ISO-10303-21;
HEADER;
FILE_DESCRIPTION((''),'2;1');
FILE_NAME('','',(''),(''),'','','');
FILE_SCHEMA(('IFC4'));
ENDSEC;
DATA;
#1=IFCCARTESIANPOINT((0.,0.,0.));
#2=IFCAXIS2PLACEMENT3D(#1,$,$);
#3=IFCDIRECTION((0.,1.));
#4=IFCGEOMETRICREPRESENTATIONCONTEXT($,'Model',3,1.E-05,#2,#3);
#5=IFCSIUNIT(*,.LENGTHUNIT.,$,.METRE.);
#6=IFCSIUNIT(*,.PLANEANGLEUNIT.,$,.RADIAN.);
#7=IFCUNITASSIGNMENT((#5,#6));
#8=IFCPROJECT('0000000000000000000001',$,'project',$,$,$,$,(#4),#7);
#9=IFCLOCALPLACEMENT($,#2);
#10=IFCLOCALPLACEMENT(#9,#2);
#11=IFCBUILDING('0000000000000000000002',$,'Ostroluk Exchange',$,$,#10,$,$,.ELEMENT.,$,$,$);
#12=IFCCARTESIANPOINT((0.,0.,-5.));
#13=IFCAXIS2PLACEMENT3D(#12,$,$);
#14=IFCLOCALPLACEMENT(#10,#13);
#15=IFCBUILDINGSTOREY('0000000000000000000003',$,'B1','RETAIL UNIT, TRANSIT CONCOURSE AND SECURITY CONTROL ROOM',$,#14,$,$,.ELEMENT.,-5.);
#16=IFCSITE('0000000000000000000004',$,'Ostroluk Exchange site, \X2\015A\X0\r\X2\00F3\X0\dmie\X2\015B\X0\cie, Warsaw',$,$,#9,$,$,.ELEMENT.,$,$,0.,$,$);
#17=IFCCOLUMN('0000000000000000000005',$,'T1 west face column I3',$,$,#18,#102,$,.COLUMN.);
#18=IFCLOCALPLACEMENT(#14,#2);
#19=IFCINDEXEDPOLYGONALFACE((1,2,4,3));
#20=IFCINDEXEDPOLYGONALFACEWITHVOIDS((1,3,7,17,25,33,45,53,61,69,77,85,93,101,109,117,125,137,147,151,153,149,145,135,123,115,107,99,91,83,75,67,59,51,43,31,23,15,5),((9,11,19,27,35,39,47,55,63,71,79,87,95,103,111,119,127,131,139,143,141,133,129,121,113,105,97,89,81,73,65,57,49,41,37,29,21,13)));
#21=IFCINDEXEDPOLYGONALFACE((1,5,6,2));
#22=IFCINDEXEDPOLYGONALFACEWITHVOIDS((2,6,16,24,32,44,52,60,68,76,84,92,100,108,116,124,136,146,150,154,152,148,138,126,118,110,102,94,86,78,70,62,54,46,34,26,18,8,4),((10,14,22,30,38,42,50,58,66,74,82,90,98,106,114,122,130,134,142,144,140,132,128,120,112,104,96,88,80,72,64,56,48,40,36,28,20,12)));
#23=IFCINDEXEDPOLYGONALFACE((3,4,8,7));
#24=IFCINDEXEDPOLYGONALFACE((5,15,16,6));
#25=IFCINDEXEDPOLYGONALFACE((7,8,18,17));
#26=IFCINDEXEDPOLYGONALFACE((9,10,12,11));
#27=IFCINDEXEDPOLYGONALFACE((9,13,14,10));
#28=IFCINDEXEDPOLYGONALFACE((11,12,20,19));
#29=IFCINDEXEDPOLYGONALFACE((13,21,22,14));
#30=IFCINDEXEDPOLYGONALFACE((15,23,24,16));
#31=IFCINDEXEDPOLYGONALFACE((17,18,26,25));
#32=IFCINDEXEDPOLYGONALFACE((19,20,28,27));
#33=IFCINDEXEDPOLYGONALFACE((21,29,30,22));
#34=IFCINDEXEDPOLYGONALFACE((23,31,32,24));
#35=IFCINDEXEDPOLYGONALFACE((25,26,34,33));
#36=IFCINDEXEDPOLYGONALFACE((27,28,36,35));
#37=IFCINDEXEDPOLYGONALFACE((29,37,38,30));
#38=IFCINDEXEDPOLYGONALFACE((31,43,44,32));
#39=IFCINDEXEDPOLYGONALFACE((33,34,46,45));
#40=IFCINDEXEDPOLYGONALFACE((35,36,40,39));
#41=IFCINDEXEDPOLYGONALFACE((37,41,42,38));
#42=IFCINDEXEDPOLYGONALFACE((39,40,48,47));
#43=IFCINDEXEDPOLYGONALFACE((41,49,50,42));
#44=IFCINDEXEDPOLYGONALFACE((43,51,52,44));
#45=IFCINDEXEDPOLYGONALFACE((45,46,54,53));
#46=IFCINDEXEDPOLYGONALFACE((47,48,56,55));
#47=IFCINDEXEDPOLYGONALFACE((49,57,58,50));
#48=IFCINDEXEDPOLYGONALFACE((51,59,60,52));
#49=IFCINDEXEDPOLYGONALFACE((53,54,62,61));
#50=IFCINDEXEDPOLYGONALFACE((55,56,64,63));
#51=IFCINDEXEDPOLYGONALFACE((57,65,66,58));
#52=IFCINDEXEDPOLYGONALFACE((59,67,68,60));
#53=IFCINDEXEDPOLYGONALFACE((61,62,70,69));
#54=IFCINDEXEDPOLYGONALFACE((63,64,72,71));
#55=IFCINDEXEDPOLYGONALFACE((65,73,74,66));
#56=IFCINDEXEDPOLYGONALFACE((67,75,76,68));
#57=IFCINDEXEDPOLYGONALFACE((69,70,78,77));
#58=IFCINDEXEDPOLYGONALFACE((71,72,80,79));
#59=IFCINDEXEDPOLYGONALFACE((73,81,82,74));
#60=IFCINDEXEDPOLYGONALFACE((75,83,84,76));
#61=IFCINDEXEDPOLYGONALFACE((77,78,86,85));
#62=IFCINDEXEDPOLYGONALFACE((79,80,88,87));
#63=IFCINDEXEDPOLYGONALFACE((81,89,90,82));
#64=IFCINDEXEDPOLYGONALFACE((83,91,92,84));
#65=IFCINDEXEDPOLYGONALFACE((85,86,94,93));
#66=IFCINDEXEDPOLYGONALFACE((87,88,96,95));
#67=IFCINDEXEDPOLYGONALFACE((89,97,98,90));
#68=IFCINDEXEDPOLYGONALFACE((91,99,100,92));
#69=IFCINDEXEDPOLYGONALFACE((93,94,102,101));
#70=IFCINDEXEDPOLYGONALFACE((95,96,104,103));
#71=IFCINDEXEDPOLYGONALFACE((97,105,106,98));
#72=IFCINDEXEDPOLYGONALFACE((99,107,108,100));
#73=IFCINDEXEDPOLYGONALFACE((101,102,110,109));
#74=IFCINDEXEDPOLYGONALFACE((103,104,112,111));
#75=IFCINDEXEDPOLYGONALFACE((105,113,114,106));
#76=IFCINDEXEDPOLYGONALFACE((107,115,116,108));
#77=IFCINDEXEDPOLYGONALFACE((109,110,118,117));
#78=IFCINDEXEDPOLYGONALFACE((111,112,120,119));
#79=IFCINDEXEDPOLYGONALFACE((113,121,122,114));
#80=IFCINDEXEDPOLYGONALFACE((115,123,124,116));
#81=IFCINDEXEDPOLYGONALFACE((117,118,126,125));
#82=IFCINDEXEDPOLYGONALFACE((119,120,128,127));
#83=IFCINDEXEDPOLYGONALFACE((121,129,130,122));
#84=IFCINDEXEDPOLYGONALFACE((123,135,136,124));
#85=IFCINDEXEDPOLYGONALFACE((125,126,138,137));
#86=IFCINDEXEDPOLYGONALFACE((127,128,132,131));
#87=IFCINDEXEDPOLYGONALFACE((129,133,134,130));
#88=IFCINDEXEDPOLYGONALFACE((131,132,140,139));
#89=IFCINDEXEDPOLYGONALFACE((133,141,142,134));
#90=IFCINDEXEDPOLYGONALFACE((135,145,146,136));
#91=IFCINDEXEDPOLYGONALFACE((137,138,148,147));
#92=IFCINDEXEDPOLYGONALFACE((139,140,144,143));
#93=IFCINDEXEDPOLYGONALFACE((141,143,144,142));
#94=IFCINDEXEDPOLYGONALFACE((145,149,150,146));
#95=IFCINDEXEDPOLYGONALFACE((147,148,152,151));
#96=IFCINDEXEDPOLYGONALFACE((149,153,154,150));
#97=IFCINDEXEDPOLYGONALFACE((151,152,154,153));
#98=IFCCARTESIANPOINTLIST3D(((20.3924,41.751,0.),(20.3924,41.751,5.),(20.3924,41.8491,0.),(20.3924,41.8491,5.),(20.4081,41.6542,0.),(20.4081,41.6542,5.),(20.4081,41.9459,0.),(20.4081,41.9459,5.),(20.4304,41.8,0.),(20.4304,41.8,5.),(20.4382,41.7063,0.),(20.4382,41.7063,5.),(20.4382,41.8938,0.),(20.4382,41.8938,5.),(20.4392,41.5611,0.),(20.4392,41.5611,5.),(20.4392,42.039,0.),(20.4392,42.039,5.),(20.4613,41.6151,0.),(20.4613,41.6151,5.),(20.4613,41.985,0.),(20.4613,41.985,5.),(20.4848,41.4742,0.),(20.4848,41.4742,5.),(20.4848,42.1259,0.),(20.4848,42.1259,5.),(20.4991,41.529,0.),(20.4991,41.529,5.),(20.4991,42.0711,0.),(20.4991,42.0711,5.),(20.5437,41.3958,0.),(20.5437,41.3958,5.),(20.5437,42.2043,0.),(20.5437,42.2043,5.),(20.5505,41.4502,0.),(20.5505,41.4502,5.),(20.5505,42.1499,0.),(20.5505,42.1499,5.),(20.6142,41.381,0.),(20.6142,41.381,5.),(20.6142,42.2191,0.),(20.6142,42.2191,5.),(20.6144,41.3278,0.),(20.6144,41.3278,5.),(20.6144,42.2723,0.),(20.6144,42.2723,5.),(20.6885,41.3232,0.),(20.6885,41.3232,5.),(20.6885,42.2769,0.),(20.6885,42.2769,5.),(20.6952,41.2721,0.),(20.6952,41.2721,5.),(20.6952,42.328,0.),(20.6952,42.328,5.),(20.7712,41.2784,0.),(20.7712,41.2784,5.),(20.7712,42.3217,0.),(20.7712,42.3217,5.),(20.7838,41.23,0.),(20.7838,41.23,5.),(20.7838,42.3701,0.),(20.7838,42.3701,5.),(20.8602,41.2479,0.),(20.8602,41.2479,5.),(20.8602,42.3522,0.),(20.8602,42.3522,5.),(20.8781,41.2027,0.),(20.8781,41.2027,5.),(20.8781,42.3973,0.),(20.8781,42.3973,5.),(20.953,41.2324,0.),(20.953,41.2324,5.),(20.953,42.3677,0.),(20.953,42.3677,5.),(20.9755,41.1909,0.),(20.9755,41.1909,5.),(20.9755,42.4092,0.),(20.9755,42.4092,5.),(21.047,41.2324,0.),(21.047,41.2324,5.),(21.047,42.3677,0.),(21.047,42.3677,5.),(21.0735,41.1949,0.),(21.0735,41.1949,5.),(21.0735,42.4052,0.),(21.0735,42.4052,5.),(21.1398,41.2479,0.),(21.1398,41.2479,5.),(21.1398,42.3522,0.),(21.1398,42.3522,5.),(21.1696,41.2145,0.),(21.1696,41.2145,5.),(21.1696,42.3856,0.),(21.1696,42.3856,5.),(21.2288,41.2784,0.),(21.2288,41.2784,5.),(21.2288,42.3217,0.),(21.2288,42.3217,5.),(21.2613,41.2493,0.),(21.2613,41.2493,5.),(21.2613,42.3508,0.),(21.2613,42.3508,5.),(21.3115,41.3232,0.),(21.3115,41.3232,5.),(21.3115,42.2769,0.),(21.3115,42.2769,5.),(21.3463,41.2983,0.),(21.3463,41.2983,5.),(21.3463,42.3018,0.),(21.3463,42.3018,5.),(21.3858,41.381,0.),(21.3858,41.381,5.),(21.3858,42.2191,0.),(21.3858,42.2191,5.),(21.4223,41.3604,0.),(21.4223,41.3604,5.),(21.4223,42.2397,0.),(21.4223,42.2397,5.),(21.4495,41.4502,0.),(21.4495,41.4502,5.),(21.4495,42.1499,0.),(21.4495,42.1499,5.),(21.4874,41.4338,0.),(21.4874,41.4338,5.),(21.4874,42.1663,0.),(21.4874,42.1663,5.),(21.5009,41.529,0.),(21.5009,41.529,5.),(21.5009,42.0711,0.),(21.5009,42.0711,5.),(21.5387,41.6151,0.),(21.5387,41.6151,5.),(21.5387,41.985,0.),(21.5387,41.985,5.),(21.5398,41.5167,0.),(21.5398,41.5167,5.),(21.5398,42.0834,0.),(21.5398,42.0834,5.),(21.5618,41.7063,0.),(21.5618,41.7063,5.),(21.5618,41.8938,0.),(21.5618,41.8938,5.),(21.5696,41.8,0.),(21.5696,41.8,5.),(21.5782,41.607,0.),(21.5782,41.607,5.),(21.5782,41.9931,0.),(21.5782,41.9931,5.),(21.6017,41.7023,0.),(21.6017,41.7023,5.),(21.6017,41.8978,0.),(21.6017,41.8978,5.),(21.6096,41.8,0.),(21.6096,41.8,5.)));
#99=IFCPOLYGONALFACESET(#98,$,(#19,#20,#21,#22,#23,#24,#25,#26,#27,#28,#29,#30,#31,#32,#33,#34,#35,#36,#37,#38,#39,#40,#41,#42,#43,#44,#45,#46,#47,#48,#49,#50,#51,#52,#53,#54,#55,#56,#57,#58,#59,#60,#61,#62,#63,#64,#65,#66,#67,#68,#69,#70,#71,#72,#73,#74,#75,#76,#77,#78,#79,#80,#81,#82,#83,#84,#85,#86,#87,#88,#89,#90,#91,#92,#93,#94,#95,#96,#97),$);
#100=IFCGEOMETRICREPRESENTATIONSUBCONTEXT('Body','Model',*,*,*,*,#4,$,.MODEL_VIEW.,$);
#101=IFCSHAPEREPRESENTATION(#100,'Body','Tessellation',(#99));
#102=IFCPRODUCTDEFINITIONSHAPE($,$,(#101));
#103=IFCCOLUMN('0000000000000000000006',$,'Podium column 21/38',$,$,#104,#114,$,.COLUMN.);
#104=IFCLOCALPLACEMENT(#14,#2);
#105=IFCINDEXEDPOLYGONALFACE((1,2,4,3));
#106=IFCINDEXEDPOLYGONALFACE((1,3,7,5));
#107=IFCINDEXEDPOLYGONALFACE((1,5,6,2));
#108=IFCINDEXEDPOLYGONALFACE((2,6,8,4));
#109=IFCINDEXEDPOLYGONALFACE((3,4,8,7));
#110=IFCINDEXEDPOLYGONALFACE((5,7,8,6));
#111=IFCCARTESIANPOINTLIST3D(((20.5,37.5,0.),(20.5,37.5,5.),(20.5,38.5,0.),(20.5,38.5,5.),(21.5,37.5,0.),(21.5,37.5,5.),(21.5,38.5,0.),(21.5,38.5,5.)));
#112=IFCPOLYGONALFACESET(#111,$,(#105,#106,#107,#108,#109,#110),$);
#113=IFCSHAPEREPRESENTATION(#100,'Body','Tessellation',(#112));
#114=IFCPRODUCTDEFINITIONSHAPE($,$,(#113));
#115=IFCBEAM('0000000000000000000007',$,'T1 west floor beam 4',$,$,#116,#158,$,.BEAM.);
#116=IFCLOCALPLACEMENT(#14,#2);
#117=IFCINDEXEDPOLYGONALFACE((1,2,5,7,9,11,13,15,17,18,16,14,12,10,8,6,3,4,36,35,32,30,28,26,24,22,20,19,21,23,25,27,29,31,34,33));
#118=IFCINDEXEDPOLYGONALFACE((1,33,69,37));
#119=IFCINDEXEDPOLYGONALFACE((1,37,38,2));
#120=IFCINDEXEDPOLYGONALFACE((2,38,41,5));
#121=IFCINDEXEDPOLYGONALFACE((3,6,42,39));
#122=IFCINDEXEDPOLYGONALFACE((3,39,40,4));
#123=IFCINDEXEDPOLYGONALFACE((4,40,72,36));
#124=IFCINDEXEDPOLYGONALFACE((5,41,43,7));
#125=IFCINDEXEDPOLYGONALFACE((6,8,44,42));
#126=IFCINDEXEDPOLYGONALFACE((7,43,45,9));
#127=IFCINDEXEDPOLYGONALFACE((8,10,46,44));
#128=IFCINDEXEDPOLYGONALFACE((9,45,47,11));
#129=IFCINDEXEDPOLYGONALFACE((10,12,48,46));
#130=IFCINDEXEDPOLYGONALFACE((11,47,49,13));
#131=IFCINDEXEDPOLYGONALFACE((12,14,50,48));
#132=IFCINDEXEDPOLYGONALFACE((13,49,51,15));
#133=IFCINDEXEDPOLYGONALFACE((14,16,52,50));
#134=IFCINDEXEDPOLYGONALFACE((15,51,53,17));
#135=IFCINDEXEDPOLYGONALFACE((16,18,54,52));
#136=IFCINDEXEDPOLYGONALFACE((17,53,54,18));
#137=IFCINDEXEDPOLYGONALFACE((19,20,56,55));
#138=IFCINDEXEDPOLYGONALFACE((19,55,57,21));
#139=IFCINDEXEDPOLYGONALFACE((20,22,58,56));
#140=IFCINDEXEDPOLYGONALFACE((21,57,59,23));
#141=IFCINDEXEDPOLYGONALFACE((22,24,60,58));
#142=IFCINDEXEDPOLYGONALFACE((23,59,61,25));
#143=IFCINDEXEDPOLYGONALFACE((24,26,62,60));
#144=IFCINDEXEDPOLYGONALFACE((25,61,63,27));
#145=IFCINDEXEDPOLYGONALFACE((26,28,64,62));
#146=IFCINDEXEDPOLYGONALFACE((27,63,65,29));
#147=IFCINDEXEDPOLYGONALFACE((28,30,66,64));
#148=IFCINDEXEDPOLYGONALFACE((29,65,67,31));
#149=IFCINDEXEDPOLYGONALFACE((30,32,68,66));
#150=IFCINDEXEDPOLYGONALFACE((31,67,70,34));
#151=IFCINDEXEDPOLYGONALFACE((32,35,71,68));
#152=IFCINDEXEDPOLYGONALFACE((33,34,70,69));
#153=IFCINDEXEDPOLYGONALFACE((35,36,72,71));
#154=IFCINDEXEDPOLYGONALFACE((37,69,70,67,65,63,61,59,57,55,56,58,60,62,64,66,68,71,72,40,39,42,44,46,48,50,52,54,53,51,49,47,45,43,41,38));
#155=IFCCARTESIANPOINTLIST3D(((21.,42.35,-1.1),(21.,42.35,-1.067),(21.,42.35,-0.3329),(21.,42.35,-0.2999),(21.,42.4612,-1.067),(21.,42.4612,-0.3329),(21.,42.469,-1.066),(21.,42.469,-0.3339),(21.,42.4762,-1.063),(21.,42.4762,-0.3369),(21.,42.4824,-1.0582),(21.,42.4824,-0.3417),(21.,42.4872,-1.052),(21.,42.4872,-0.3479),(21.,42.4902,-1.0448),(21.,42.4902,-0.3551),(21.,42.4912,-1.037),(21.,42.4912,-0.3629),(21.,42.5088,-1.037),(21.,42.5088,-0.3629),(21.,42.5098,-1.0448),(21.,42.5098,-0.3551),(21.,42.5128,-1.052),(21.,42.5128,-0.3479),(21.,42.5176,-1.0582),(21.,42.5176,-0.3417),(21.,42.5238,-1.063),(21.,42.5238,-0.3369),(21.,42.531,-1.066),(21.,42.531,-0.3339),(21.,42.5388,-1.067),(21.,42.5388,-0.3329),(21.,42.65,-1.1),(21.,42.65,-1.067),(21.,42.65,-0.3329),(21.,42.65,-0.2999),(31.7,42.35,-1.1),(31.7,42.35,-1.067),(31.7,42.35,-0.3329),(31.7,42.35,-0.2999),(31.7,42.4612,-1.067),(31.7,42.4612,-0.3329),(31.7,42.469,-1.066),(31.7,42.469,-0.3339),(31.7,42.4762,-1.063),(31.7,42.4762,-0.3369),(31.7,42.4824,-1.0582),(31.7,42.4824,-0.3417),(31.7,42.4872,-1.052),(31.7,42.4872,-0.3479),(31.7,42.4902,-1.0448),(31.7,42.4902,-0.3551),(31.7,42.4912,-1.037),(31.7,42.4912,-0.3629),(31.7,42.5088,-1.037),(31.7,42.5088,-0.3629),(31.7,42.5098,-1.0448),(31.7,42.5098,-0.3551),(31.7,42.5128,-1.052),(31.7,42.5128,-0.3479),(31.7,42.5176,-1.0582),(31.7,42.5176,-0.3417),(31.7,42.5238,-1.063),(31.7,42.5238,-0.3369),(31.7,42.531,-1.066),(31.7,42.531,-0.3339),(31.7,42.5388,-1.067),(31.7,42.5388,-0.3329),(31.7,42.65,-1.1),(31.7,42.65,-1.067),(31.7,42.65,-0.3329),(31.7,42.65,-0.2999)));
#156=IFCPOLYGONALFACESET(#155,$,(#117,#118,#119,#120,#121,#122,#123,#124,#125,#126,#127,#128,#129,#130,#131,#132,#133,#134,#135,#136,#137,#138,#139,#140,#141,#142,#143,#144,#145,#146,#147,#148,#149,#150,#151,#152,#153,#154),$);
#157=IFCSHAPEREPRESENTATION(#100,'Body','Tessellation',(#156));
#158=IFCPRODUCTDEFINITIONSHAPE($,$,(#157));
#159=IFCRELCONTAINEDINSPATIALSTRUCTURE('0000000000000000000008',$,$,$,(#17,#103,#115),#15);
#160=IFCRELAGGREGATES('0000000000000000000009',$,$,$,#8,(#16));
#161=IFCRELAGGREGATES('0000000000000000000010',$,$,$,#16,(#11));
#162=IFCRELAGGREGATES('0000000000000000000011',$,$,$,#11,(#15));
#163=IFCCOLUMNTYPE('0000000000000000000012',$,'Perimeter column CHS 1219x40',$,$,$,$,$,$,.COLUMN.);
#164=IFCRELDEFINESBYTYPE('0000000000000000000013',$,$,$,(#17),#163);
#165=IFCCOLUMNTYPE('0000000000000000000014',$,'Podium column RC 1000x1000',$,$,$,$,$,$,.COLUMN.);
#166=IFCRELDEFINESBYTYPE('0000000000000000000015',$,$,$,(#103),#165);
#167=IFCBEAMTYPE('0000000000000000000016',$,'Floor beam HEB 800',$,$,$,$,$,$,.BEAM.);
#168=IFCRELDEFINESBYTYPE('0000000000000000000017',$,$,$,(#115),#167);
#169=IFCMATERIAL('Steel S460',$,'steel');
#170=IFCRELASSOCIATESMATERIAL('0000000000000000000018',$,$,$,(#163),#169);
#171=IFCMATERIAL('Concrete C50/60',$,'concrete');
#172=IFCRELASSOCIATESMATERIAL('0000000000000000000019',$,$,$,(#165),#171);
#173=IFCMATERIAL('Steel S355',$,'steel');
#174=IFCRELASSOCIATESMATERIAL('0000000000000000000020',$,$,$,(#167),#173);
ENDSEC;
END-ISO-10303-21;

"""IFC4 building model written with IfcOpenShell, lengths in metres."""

from ifc_helpers import new_model, si_unit, direction, frame, origin, origin_2d, place, context, subcontext, project, spatial, rectangle, hollow_circle, i_section, extrude, material, material_profile, profile_set, type_object, element, save


model = new_model("IFC4")

# Units and contexts
model_context = context("Model", 3, precision=1e-05, world=origin(), true_north=direction((0.0, 1.0)))
body_context = subcontext(model_context, "Body", "Model", "MODEL_VIEW")
ifc_project = project(units=[si_unit("LENGTHUNIT", "METRE"), si_unit("PLANEANGLEUNIT", "RADIAN")], contexts=[model_context])

# Site, building, storey
site_placement = place(None, origin())
site = spatial("IfcSite", under=ifc_project, at=site_placement, Name="Ostroluk Exchange site, Śródmieście, Warsaw", CompositionType="ELEMENT", RefElevation=0.0)
building_placement = place(site_placement, origin())
building = spatial("IfcBuilding", under=site, at=building_placement, Name="Ostroluk Exchange", CompositionType="ELEMENT")
storey_placement = place(building_placement, frame((0.0, 0.0, -5.0)))
storey = spatial("IfcBuildingStorey", under=building, at=storey_placement, Name="B1", Description="RETAIL UNIT, TRANSIT CONCOURSE AND SECURITY CONTROL ROOM", CompositionType="ELEMENT", Elevation=-5.0)

# Columns
ifc_material_1 = material(Name="Steel S460", Category="steel")
ifc_material_profile_1 = material_profile(ifc_material_1, hollow_circle(Radius=0.6096, WallThickness=0.04, at=origin_2d()), Name="CHS 1219x40")
ifc_profile_set_1 = profile_set([ifc_material_profile_1], Name="Steel S460")
column_type_1 = type_object("IfcColumnType", Name="Perimeter column CHS 1219x40", PredefinedType="COLUMN", material=ifc_profile_set_1)
column_1_placement = place(storey_placement, frame((21.0, 41.8, 0.0), z_axis=(0.0, 0.0, 1.0), x_axis=(1.0, 0.0, 0.0)))
element("IfcColumn", 1, at=column_1_placement, inside=storey, type_object=column_type_1, Name="T1 west face column I3", PredefinedType="COLUMN", context=body_context, shape_type="SweptSolid", body=[
    extrude(hollow_circle(Radius=0.6096, WallThickness=0.04, at=origin_2d()), origin(), (0.0, 0.0, 1.0), 5.0),
])
ifc_material_2 = material(Name="Concrete C50/60", Category="concrete")
ifc_material_profile_2 = material_profile(ifc_material_2, rectangle(XDim=1.0, YDim=1.0, at=origin_2d()), Name="RC 1000x1000")
ifc_profile_set_2 = profile_set([ifc_material_profile_2], Name="Concrete C50/60")
column_type_2 = type_object("IfcColumnType", Name="Podium column RC 1000x1000", PredefinedType="COLUMN", material=ifc_profile_set_2)
column_2_placement = place(storey_placement, frame((21.0, 38.0, 0.0), z_axis=(0.0, 0.0, 1.0), x_axis=(1.0, 0.0, 0.0)))
element("IfcColumn", 2, at=column_2_placement, inside=storey, type_object=column_type_2, Name="Podium column 21/38", PredefinedType="COLUMN", context=body_context, shape_type="SweptSolid", body=[
    extrude(rectangle(XDim=1.0, YDim=1.0, at=origin_2d()), origin(), (0.0, 0.0, 1.0), 5.0),
])

# Beam
ifc_material_3 = material(Name="Steel S355", Category="steel")
ifc_material_profile_3 = material_profile(ifc_material_3, i_section(OverallWidth=0.3, OverallDepth=0.8, WebThickness=0.0176, FlangeThickness=0.033, FilletRadius=0.03, at=origin_2d()), Name="HEB 800")
ifc_profile_set_3 = profile_set([ifc_material_profile_3], Name="Steel S355")
beam_type_1 = type_object("IfcBeamType", Name="Floor beam HEB 800", PredefinedType="BEAM", material=ifc_profile_set_3)
for number, where, z_axis, x_axis, name in (
    (3, (31.7, 42.5, -0.7), (-1.0, 0.0, 0.0), (0.0, -1.0, 0.0), "T1 west floor beam 4"),
):
    element("IfcBeam", number, at=place(storey_placement, frame(where, z_axis=z_axis, x_axis=x_axis)), inside=storey, type_object=beam_type_1, Name=name, PredefinedType="BEAM", context=body_context, shape_type="SweptSolid", body=[
        extrude(i_section(OverallWidth=0.3, OverallDepth=0.8, WebThickness=0.0176, FlangeThickness=0.033, FilletRadius=0.03, at=origin_2d()), origin(), (0.0, 0.0, 1.0), 10.7),
    ])

save(model, "model.ifc")
